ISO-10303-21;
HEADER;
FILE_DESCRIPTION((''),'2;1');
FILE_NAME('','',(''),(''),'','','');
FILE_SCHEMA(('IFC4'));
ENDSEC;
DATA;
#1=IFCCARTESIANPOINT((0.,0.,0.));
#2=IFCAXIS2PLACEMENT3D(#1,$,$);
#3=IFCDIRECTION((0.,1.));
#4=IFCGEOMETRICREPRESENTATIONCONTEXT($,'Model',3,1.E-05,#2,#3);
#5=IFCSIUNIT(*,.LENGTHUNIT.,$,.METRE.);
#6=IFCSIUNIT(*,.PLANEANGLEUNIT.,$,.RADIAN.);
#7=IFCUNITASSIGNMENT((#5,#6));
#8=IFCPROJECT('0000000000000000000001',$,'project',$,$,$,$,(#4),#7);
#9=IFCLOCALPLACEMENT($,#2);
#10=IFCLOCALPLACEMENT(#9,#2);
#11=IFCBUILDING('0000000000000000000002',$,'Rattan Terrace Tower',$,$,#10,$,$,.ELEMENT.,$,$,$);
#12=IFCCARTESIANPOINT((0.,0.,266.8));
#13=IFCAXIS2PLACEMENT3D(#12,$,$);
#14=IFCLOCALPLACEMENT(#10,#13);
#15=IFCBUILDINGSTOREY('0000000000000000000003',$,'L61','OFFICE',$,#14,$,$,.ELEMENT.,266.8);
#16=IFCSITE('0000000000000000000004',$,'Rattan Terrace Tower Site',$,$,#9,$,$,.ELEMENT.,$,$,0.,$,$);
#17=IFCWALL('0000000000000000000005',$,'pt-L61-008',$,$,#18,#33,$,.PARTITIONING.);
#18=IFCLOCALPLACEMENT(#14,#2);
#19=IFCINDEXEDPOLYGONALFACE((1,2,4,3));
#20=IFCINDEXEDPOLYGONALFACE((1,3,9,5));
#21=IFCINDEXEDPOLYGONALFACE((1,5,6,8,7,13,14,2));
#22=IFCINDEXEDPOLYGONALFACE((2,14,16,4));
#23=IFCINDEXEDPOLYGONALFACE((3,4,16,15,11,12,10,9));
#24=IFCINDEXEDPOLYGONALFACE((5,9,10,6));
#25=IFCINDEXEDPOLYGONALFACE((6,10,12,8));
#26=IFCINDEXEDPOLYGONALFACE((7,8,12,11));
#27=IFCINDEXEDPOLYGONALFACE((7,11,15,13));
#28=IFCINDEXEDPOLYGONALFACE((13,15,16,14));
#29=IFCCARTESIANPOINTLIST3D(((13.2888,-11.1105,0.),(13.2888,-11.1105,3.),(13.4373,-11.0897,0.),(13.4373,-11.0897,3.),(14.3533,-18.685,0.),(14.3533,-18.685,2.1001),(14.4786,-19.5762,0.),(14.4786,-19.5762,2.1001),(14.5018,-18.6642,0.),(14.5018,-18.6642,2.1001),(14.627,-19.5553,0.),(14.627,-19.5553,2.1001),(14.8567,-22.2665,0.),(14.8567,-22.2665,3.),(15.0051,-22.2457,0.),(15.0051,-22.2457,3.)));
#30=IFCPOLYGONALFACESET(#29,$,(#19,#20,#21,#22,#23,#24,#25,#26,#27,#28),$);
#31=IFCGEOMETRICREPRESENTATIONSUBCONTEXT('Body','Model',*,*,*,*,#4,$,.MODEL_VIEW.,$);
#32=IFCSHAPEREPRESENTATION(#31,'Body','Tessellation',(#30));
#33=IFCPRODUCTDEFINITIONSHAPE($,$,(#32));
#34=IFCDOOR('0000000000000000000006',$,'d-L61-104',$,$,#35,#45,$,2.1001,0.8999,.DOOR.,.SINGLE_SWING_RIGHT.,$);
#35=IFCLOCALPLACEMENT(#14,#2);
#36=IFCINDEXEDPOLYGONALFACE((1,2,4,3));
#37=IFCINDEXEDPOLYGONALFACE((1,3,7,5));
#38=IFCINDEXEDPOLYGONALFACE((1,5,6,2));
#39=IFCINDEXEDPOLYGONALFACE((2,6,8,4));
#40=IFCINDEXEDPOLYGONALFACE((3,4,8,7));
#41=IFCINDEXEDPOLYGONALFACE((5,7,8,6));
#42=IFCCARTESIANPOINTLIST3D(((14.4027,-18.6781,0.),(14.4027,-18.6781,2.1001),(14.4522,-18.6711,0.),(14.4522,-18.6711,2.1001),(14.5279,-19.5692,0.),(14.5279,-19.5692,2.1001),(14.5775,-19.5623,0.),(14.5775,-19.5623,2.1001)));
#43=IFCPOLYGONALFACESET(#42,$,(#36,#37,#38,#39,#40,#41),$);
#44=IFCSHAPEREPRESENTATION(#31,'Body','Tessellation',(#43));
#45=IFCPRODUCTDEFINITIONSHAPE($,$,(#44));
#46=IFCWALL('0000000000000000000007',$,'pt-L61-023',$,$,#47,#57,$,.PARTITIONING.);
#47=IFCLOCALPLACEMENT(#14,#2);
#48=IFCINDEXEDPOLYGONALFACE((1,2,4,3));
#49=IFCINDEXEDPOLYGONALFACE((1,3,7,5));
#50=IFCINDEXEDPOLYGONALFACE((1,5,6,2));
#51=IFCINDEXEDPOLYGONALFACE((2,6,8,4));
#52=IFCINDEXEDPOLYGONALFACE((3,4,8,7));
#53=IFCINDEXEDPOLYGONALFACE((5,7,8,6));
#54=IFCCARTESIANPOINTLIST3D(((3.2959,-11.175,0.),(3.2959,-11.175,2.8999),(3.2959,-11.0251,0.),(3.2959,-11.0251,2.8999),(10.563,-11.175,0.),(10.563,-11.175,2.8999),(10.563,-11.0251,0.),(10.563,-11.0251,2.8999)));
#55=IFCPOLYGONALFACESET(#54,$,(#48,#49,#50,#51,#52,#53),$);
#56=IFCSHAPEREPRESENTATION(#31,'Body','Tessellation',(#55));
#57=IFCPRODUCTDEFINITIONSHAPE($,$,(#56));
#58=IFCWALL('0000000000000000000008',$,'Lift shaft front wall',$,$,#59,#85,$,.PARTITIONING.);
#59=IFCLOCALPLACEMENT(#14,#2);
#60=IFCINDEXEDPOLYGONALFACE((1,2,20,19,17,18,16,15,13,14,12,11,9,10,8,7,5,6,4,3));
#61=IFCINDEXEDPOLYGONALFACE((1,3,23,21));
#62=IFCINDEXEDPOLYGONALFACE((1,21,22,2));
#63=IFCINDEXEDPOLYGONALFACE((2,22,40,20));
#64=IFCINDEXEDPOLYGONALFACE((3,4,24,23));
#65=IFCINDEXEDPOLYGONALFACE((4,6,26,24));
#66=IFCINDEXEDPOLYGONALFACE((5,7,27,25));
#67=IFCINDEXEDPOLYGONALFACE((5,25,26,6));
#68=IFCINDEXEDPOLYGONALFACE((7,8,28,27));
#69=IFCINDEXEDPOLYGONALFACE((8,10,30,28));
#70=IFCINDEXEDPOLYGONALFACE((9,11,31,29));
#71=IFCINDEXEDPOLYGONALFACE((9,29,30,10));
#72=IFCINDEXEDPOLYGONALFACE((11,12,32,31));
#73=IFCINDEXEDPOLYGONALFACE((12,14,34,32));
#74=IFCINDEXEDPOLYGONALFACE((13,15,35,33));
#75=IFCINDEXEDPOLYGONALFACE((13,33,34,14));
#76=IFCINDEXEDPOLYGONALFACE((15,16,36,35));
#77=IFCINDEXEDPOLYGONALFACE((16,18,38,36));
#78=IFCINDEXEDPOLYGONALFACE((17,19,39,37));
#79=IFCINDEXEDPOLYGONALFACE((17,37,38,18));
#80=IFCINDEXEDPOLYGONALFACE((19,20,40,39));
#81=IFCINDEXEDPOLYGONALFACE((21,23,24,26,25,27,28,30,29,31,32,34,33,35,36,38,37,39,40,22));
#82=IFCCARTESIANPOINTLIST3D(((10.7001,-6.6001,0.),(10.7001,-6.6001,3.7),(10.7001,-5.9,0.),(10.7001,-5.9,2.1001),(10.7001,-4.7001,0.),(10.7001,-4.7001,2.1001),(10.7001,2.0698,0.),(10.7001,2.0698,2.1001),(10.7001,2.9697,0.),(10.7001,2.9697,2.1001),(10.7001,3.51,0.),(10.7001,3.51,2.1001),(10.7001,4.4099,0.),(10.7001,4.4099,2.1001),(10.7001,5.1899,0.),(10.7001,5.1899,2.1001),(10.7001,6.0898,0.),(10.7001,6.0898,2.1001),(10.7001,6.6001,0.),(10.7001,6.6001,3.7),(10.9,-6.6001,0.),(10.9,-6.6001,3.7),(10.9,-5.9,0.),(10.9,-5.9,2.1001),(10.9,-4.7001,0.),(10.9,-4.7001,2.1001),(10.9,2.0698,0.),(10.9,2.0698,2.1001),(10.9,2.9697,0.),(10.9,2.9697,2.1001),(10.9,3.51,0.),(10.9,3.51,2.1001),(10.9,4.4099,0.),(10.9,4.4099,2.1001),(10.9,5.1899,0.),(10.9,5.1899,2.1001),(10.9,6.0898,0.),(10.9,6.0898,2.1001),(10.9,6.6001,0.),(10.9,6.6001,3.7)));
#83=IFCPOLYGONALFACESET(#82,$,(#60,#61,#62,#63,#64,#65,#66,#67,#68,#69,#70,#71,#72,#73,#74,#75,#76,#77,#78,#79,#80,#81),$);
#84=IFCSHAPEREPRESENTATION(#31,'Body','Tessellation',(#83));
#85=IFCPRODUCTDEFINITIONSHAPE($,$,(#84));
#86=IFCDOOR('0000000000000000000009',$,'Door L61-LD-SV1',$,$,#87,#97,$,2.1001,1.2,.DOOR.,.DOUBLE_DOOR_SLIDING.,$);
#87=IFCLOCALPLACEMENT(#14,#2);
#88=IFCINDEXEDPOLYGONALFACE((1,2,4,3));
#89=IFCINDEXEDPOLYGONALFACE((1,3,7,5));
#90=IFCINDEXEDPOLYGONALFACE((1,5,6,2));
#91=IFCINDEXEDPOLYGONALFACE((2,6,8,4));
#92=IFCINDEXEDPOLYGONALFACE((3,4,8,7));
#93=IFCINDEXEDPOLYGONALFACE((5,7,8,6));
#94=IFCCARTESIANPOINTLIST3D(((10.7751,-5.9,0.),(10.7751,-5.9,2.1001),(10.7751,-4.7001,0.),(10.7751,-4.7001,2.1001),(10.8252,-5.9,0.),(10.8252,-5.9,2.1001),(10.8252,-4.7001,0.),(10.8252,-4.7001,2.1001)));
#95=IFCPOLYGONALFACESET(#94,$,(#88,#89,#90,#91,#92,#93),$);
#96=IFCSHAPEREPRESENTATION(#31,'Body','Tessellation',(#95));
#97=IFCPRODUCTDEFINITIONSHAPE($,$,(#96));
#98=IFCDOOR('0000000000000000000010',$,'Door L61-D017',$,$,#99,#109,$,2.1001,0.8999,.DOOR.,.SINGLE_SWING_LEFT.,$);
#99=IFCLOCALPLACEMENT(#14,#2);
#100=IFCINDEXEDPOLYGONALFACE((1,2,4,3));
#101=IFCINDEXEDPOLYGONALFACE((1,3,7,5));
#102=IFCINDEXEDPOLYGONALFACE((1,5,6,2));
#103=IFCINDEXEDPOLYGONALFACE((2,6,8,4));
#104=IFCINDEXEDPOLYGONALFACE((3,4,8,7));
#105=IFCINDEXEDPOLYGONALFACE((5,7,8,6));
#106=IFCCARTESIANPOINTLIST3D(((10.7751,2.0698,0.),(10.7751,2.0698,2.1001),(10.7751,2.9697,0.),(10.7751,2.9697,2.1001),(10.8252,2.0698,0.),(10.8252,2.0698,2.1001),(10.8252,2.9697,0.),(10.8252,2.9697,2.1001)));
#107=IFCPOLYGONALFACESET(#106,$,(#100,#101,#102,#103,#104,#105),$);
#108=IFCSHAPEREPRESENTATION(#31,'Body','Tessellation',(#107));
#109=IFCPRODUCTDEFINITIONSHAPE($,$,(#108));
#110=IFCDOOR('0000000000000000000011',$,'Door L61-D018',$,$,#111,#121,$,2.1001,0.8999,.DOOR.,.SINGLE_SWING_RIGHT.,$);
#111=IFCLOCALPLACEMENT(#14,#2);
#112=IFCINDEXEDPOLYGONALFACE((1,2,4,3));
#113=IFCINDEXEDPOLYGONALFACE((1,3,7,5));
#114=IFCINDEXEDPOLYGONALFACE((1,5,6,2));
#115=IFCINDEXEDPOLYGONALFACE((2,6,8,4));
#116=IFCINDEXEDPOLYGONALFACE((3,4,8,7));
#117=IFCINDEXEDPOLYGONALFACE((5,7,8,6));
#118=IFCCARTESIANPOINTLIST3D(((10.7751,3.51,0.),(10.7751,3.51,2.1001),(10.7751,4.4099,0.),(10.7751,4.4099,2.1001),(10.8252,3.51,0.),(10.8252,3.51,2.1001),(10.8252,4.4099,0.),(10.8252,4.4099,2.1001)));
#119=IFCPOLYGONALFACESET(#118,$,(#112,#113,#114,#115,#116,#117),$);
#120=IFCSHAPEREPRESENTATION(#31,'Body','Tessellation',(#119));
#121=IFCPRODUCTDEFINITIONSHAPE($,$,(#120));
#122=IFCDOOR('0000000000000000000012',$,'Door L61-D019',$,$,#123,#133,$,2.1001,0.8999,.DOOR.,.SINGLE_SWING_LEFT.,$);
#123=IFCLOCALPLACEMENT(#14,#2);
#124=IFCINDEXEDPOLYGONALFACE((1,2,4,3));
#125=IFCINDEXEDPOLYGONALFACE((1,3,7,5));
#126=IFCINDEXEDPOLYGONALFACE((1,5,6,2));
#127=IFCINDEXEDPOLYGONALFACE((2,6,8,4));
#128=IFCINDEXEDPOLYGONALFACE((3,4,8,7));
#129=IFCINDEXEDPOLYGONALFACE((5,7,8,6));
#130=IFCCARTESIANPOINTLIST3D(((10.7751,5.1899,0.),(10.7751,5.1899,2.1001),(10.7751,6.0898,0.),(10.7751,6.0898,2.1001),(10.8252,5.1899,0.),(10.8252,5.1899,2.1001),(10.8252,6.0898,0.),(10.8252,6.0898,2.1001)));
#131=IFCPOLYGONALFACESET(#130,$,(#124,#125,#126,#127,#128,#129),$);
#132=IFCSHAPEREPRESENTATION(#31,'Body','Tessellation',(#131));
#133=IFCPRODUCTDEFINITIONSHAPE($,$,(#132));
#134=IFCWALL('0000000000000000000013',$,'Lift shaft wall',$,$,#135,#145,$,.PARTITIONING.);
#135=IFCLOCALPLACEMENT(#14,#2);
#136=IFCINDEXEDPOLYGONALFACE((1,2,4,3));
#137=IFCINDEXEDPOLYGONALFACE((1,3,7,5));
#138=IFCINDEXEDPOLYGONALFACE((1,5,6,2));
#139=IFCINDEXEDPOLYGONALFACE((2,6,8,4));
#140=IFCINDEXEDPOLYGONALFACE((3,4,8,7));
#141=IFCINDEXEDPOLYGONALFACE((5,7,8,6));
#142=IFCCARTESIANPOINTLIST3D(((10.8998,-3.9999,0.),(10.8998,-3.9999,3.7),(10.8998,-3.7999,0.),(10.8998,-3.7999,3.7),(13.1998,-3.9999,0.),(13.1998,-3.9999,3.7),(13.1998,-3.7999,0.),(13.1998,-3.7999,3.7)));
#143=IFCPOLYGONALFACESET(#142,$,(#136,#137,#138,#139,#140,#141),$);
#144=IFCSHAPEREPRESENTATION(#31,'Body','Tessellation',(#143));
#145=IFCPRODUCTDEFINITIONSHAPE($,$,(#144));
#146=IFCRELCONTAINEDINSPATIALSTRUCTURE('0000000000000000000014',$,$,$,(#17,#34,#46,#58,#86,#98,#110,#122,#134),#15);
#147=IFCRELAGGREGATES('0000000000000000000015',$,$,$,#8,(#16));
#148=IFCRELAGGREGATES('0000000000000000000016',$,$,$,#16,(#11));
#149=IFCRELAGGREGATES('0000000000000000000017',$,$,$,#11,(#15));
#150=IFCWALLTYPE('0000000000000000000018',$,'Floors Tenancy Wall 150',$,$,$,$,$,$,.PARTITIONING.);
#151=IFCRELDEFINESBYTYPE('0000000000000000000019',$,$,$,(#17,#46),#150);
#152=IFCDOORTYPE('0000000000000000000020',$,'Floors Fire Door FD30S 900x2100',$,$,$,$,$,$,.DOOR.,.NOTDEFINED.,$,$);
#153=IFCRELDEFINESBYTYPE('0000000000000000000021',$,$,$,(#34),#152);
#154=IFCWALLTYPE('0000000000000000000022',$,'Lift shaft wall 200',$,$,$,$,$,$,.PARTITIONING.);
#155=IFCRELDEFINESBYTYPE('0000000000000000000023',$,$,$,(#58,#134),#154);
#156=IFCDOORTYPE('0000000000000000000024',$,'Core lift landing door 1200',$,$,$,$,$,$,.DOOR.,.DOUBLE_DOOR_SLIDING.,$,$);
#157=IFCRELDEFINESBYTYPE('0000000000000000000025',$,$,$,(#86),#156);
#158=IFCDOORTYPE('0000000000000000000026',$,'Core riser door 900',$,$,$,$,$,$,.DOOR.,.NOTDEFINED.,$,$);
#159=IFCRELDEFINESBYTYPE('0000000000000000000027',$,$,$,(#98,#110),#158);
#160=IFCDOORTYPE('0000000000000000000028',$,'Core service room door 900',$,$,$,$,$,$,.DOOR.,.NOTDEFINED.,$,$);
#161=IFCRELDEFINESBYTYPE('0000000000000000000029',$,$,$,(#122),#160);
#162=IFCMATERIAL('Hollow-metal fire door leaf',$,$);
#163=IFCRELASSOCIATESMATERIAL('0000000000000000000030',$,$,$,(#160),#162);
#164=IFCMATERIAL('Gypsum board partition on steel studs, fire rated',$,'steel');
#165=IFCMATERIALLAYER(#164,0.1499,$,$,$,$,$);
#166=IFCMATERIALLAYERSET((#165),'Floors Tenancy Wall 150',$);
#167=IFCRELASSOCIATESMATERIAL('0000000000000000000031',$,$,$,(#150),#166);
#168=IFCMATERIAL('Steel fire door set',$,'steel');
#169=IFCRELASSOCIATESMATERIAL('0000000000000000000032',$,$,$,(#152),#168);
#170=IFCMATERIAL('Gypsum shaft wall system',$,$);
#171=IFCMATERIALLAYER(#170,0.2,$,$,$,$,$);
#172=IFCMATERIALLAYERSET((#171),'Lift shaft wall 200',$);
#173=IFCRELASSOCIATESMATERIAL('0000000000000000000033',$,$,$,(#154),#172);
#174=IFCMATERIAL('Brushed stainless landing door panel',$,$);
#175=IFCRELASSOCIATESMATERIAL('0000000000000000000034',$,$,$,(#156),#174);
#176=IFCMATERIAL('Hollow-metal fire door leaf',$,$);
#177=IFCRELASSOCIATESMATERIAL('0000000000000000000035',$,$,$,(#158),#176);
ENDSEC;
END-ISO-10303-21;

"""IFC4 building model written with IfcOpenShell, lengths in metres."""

from ifc_helpers import new_model, si_unit, direction, frame, frame_2d, origin, place, context, subcontext, project, spatial, rectangle, extrude, material, layer, layer_set, type_object, element, fill, save


model = new_model("IFC4")

# Units and contexts
model_context = context("Model", 3, precision=1e-05, world=origin(), true_north=direction((0.0, 1.0)))
body_context = subcontext(model_context, "Body", "Model", "MODEL_VIEW")
ifc_project = project(units=[si_unit("LENGTHUNIT", "METRE"), si_unit("PLANEANGLEUNIT", "RADIAN")], contexts=[model_context])

# Site, building, storey
site_placement = place(None, origin())
site = spatial("IfcSite", under=ifc_project, at=site_placement, Name="Rattan Terrace Tower Site", CompositionType="ELEMENT", RefElevation=0.0)
building_placement = place(site_placement, origin())
building = spatial("IfcBuilding", under=site, at=building_placement, Name="Rattan Terrace Tower", CompositionType="ELEMENT")
storey_placement = place(building_placement, frame((0.0, 0.0, 266.8)))
storey = spatial("IfcBuildingStorey", under=building, at=storey_placement, Name="L61", Description="OFFICE", CompositionType="ELEMENT", Elevation=266.8)

# Shared definitions
ifc_material_1 = material(Name="Hollow-metal fire door leaf")
door_type_1 = type_object("IfcDoorType", Name="Core service room door 900", OperationType="NOTDEFINED", PredefinedType="DOOR", material=ifc_material_1)

# Wall, opening, door
ifc_material_2 = material(Name="Gypsum board partition on steel studs, fire rated", Category="steel")
ifc_layer_1 = layer(ifc_material_2, 0.1499)
ifc_layer_set_1 = layer_set([ifc_layer_1], Name="Floors Tenancy Wall 150")
wall_type_1 = type_object("IfcWallType", Name="Floors Tenancy Wall 150", PredefinedType="PARTITIONING", material=ifc_layer_set_1)
wall_1_placement = place(storey_placement, frame((13.363, -11.1001, 0.0), z_axis=(0.0, 0.0, 1.0), x_axis=(0.139173, -0.990268, 0.0)))
wall_1 = element("IfcWall", 1, at=wall_1_placement, inside=storey, type_object=wall_type_1, Name="pt-L61-008", PredefinedType="PARTITIONING", context=body_context, shape_type="SweptSolid", body=[
    extrude(rectangle(XDim=11.2656, YDim=0.1499, at=frame_2d((5.6328, 0.0))), origin(), (0.0, 0.0, 1.0), 3.0),
])
opening_1_placement = place(wall_1_placement, frame((7.6489, 0.0, 0.0)))
opening_1 = element("IfcOpeningElement", 2, at=opening_1_placement, cuts=wall_1, PredefinedType="OPENING", context=body_context, shape_type="SweptSolid", body=[
    extrude(rectangle(XDim=0.8999, YDim=2.1001, at=frame_2d((0.45, 1.05))), frame((0.0, 0.0854, 0.0), z_axis=(0.0, -1.0, 0.0), x_axis=(1.0, 0.0, 0.0)), (0.0, 0.0, 1.0), 0.1709),
])
ifc_material_3 = material(Name="Steel fire door set", Category="steel")
door_type_2 = type_object("IfcDoorType", Name="Floors Fire Door FD30S 900x2100", OperationType="NOTDEFINED", PredefinedType="DOOR", material=ifc_material_3)
door_1_placement = place(opening_1_placement, origin())
door_1 = element("IfcDoor", 3, at=door_1_placement, inside=storey, type_object=door_type_2, Name="d-L61-104", OperationType="SINGLE_SWING_RIGHT", OverallHeight=2.1001, OverallWidth=0.8999, PredefinedType="DOOR", context=body_context, shape_type="SweptSolid", body=[
    extrude(rectangle(XDim=0.8999, YDim=2.1001, at=frame_2d((0.45, 1.05))), frame((0.0, 0.0249, 0.0), z_axis=(0.0, -1.0, 0.0), x_axis=(1.0, 0.0, 0.0)), (0.0, 0.0, 1.0), 0.05),
])
fill(opening_1, door_1)

# Wall
wall_2_placement = place(storey_placement, frame((10.563, -11.1001, 0.0), z_axis=(0.0, 0.0, 1.0), x_axis=(-1.0, 0.0, 0.0)))
element("IfcWall", 4, at=wall_2_placement, inside=storey, type_object=wall_type_1, Name="pt-L61-023", PredefinedType="PARTITIONING", context=body_context, shape_type="SweptSolid", body=[
    extrude(rectangle(XDim=7.2671, YDim=0.1499, at=frame_2d((3.6335, 0.0))), origin(), (0.0, 0.0, 1.0), 2.8999),
])

# Wall, openings, doors
ifc_material_4 = material(Name="Gypsum shaft wall system")
ifc_layer_2 = layer(ifc_material_4, 0.2)
ifc_layer_set_2 = layer_set([ifc_layer_2], Name="Lift shaft wall 200")
wall_type_2 = type_object("IfcWallType", Name="Lift shaft wall 200", PredefinedType="PARTITIONING", material=ifc_layer_set_2)
wall_3_placement = place(storey_placement, frame((10.8, -6.6001, 0.0), z_axis=(0.0, 0.0, 1.0), x_axis=(0.0, 1.0, 0.0)))
wall_3 = element("IfcWall", 5, at=wall_3_placement, inside=storey, type_object=wall_type_2, Name="Lift shaft front wall", PredefinedType="PARTITIONING", context=body_context, shape_type="SweptSolid", body=[
    extrude(rectangle(XDim=13.2002, YDim=0.2, at=frame_2d((6.6001, 0.0))), origin(), (0.0, 0.0, 1.0), 3.7),
])
opening_2_placement = place(wall_3_placement, frame((0.7, 0.0, 0.0)))
opening_2 = element("IfcOpeningElement", 6, at=opening_2_placement, cuts=wall_3, PredefinedType="OPENING", context=body_context, shape_type="SweptSolid", body=[
    extrude(rectangle(XDim=1.2, YDim=2.1001, at=frame_2d((0.6001, 1.05))), frame((0.0, 0.1106, 0.0), z_axis=(0.0, -1.0, 0.0), x_axis=(1.0, 0.0, 0.0)), (0.0, 0.0, 1.0), 0.2209),
])
opening_3_placement = place(wall_3_placement, frame((8.6699, 0.0, 0.0)))
opening_3 = element("IfcOpeningElement", 7, at=opening_3_placement, cuts=wall_3, PredefinedType="OPENING", context=body_context, shape_type="SweptSolid", body=[
    extrude(rectangle(XDim=0.8999, YDim=2.1001, at=frame_2d((0.45, 1.05))), frame((0.0, 0.1106, 0.0), z_axis=(0.0, -1.0, 0.0), x_axis=(1.0, 0.0, 0.0)), (0.0, 0.0, 1.0), 0.2209),
])
opening_4_placement = place(wall_3_placement, frame((10.1101, 0.0, 0.0)))
opening_4 = element("IfcOpeningElement", 8, at=opening_4_placement, cuts=wall_3, PredefinedType="OPENING", context=body_context, shape_type="SweptSolid", body=[
    extrude(rectangle(XDim=0.8999, YDim=2.1001, at=frame_2d((0.45, 1.05))), frame((0.0, 0.1106, 0.0), z_axis=(0.0, -1.0, 0.0), x_axis=(1.0, 0.0, 0.0)), (0.0, 0.0, 1.0), 0.2209),
])
opening_5_placement = place(wall_3_placement, frame((11.79, 0.0, 0.0)))
opening_5 = element("IfcOpeningElement", 9, at=opening_5_placement, cuts=wall_3, PredefinedType="OPENING", context=body_context, shape_type="SweptSolid", body=[
    extrude(rectangle(XDim=0.8999, YDim=2.1001, at=frame_2d((0.45, 1.05))), frame((0.0, 0.1106, 0.0), z_axis=(0.0, -1.0, 0.0), x_axis=(1.0, 0.0, 0.0)), (0.0, 0.0, 1.0), 0.2209),
])
ifc_material_5 = material(Name="Brushed stainless landing door panel")
door_type_3 = type_object("IfcDoorType", Name="Core lift landing door 1200", OperationType="DOUBLE_DOOR_SLIDING", PredefinedType="DOOR", material=ifc_material_5)
door_2_placement = place(opening_2_placement, origin())
door_2 = element("IfcDoor", 10, at=door_2_placement, inside=storey, type_object=door_type_3, Name="Door L61-LD-SV1", OperationType="DOUBLE_DOOR_SLIDING", OverallHeight=2.1001, OverallWidth=1.2, PredefinedType="DOOR", context=body_context, shape_type="SweptSolid", body=[
    extrude(rectangle(XDim=1.2, YDim=2.1001, at=frame_2d((0.6001, 1.05))), frame((0.0, 0.0249, 0.0), z_axis=(0.0, -1.0, 0.0), x_axis=(1.0, 0.0, 0.0)), (0.0, 0.0, 1.0), 0.05),
])
fill(opening_2, door_2)
ifc_material_6 = material(Name="Hollow-metal fire door leaf")
door_type_4 = type_object("IfcDoorType", Name="Core riser door 900", OperationType="NOTDEFINED", PredefinedType="DOOR", material=ifc_material_6)
door_3_placement = place(opening_3_placement, origin())
door_3 = element("IfcDoor", 11, at=door_3_placement, inside=storey, type_object=door_type_4, Name="Door L61-D017", OperationType="SINGLE_SWING_LEFT", OverallHeight=2.1001, OverallWidth=0.8999, PredefinedType="DOOR", context=body_context, shape_type="SweptSolid", body=[
    extrude(rectangle(XDim=0.8999, YDim=2.1001, at=frame_2d((0.45, 1.05))), frame((0.0, 0.0249, 0.0), z_axis=(0.0, -1.0, 0.0), x_axis=(1.0, 0.0, 0.0)), (0.0, 0.0, 1.0), 0.05),
])
fill(opening_3, door_3)
door_4_placement = place(opening_4_placement, origin())
door_4 = element("IfcDoor", 12, at=door_4_placement, inside=storey, type_object=door_type_4, Name="Door L61-D018", OperationType="SINGLE_SWING_RIGHT", OverallHeight=2.1001, OverallWidth=0.8999, PredefinedType="DOOR", context=body_context, shape_type="SweptSolid", body=[
    extrude(rectangle(XDim=0.8999, YDim=2.1001, at=frame_2d((0.45, 1.05))), frame((0.0, 0.0249, 0.0), z_axis=(0.0, -1.0, 0.0), x_axis=(1.0, 0.0, 0.0)), (0.0, 0.0, 1.0), 0.05),
])
fill(opening_4, door_4)
door_5_placement = place(opening_5_placement, origin())
door_5 = element("IfcDoor", 13, at=door_5_placement, inside=storey, type_object=door_type_1, Name="Door L61-D019", OperationType="SINGLE_SWING_LEFT", OverallHeight=2.1001, OverallWidth=0.8999, PredefinedType="DOOR", context=body_context, shape_type="SweptSolid", body=[
    extrude(rectangle(XDim=0.8999, YDim=2.1001, at=frame_2d((0.45, 1.05))), frame((0.0, 0.0249, 0.0), z_axis=(0.0, -1.0, 0.0), x_axis=(1.0, 0.0, 0.0)), (0.0, 0.0, 1.0), 0.05),
])
fill(opening_5, door_5)

# Wall
wall_4_placement = place(storey_placement, frame((10.8999, -3.8999, 0.0), z_axis=(0.0, 0.0, 1.0), x_axis=(1.0, 0.0, 0.0)))
element("IfcWall", 14, at=wall_4_placement, inside=storey, type_object=wall_type_2, Name="Lift shaft wall", PredefinedType="PARTITIONING", context=body_context, shape_type="SweptSolid", body=[
    extrude(rectangle(XDim=2.3, YDim=0.2, at=frame_2d((1.1499, 0.0))), origin(), (0.0, 0.0, 1.0), 3.7),
])

save(model, "model.ifc")
